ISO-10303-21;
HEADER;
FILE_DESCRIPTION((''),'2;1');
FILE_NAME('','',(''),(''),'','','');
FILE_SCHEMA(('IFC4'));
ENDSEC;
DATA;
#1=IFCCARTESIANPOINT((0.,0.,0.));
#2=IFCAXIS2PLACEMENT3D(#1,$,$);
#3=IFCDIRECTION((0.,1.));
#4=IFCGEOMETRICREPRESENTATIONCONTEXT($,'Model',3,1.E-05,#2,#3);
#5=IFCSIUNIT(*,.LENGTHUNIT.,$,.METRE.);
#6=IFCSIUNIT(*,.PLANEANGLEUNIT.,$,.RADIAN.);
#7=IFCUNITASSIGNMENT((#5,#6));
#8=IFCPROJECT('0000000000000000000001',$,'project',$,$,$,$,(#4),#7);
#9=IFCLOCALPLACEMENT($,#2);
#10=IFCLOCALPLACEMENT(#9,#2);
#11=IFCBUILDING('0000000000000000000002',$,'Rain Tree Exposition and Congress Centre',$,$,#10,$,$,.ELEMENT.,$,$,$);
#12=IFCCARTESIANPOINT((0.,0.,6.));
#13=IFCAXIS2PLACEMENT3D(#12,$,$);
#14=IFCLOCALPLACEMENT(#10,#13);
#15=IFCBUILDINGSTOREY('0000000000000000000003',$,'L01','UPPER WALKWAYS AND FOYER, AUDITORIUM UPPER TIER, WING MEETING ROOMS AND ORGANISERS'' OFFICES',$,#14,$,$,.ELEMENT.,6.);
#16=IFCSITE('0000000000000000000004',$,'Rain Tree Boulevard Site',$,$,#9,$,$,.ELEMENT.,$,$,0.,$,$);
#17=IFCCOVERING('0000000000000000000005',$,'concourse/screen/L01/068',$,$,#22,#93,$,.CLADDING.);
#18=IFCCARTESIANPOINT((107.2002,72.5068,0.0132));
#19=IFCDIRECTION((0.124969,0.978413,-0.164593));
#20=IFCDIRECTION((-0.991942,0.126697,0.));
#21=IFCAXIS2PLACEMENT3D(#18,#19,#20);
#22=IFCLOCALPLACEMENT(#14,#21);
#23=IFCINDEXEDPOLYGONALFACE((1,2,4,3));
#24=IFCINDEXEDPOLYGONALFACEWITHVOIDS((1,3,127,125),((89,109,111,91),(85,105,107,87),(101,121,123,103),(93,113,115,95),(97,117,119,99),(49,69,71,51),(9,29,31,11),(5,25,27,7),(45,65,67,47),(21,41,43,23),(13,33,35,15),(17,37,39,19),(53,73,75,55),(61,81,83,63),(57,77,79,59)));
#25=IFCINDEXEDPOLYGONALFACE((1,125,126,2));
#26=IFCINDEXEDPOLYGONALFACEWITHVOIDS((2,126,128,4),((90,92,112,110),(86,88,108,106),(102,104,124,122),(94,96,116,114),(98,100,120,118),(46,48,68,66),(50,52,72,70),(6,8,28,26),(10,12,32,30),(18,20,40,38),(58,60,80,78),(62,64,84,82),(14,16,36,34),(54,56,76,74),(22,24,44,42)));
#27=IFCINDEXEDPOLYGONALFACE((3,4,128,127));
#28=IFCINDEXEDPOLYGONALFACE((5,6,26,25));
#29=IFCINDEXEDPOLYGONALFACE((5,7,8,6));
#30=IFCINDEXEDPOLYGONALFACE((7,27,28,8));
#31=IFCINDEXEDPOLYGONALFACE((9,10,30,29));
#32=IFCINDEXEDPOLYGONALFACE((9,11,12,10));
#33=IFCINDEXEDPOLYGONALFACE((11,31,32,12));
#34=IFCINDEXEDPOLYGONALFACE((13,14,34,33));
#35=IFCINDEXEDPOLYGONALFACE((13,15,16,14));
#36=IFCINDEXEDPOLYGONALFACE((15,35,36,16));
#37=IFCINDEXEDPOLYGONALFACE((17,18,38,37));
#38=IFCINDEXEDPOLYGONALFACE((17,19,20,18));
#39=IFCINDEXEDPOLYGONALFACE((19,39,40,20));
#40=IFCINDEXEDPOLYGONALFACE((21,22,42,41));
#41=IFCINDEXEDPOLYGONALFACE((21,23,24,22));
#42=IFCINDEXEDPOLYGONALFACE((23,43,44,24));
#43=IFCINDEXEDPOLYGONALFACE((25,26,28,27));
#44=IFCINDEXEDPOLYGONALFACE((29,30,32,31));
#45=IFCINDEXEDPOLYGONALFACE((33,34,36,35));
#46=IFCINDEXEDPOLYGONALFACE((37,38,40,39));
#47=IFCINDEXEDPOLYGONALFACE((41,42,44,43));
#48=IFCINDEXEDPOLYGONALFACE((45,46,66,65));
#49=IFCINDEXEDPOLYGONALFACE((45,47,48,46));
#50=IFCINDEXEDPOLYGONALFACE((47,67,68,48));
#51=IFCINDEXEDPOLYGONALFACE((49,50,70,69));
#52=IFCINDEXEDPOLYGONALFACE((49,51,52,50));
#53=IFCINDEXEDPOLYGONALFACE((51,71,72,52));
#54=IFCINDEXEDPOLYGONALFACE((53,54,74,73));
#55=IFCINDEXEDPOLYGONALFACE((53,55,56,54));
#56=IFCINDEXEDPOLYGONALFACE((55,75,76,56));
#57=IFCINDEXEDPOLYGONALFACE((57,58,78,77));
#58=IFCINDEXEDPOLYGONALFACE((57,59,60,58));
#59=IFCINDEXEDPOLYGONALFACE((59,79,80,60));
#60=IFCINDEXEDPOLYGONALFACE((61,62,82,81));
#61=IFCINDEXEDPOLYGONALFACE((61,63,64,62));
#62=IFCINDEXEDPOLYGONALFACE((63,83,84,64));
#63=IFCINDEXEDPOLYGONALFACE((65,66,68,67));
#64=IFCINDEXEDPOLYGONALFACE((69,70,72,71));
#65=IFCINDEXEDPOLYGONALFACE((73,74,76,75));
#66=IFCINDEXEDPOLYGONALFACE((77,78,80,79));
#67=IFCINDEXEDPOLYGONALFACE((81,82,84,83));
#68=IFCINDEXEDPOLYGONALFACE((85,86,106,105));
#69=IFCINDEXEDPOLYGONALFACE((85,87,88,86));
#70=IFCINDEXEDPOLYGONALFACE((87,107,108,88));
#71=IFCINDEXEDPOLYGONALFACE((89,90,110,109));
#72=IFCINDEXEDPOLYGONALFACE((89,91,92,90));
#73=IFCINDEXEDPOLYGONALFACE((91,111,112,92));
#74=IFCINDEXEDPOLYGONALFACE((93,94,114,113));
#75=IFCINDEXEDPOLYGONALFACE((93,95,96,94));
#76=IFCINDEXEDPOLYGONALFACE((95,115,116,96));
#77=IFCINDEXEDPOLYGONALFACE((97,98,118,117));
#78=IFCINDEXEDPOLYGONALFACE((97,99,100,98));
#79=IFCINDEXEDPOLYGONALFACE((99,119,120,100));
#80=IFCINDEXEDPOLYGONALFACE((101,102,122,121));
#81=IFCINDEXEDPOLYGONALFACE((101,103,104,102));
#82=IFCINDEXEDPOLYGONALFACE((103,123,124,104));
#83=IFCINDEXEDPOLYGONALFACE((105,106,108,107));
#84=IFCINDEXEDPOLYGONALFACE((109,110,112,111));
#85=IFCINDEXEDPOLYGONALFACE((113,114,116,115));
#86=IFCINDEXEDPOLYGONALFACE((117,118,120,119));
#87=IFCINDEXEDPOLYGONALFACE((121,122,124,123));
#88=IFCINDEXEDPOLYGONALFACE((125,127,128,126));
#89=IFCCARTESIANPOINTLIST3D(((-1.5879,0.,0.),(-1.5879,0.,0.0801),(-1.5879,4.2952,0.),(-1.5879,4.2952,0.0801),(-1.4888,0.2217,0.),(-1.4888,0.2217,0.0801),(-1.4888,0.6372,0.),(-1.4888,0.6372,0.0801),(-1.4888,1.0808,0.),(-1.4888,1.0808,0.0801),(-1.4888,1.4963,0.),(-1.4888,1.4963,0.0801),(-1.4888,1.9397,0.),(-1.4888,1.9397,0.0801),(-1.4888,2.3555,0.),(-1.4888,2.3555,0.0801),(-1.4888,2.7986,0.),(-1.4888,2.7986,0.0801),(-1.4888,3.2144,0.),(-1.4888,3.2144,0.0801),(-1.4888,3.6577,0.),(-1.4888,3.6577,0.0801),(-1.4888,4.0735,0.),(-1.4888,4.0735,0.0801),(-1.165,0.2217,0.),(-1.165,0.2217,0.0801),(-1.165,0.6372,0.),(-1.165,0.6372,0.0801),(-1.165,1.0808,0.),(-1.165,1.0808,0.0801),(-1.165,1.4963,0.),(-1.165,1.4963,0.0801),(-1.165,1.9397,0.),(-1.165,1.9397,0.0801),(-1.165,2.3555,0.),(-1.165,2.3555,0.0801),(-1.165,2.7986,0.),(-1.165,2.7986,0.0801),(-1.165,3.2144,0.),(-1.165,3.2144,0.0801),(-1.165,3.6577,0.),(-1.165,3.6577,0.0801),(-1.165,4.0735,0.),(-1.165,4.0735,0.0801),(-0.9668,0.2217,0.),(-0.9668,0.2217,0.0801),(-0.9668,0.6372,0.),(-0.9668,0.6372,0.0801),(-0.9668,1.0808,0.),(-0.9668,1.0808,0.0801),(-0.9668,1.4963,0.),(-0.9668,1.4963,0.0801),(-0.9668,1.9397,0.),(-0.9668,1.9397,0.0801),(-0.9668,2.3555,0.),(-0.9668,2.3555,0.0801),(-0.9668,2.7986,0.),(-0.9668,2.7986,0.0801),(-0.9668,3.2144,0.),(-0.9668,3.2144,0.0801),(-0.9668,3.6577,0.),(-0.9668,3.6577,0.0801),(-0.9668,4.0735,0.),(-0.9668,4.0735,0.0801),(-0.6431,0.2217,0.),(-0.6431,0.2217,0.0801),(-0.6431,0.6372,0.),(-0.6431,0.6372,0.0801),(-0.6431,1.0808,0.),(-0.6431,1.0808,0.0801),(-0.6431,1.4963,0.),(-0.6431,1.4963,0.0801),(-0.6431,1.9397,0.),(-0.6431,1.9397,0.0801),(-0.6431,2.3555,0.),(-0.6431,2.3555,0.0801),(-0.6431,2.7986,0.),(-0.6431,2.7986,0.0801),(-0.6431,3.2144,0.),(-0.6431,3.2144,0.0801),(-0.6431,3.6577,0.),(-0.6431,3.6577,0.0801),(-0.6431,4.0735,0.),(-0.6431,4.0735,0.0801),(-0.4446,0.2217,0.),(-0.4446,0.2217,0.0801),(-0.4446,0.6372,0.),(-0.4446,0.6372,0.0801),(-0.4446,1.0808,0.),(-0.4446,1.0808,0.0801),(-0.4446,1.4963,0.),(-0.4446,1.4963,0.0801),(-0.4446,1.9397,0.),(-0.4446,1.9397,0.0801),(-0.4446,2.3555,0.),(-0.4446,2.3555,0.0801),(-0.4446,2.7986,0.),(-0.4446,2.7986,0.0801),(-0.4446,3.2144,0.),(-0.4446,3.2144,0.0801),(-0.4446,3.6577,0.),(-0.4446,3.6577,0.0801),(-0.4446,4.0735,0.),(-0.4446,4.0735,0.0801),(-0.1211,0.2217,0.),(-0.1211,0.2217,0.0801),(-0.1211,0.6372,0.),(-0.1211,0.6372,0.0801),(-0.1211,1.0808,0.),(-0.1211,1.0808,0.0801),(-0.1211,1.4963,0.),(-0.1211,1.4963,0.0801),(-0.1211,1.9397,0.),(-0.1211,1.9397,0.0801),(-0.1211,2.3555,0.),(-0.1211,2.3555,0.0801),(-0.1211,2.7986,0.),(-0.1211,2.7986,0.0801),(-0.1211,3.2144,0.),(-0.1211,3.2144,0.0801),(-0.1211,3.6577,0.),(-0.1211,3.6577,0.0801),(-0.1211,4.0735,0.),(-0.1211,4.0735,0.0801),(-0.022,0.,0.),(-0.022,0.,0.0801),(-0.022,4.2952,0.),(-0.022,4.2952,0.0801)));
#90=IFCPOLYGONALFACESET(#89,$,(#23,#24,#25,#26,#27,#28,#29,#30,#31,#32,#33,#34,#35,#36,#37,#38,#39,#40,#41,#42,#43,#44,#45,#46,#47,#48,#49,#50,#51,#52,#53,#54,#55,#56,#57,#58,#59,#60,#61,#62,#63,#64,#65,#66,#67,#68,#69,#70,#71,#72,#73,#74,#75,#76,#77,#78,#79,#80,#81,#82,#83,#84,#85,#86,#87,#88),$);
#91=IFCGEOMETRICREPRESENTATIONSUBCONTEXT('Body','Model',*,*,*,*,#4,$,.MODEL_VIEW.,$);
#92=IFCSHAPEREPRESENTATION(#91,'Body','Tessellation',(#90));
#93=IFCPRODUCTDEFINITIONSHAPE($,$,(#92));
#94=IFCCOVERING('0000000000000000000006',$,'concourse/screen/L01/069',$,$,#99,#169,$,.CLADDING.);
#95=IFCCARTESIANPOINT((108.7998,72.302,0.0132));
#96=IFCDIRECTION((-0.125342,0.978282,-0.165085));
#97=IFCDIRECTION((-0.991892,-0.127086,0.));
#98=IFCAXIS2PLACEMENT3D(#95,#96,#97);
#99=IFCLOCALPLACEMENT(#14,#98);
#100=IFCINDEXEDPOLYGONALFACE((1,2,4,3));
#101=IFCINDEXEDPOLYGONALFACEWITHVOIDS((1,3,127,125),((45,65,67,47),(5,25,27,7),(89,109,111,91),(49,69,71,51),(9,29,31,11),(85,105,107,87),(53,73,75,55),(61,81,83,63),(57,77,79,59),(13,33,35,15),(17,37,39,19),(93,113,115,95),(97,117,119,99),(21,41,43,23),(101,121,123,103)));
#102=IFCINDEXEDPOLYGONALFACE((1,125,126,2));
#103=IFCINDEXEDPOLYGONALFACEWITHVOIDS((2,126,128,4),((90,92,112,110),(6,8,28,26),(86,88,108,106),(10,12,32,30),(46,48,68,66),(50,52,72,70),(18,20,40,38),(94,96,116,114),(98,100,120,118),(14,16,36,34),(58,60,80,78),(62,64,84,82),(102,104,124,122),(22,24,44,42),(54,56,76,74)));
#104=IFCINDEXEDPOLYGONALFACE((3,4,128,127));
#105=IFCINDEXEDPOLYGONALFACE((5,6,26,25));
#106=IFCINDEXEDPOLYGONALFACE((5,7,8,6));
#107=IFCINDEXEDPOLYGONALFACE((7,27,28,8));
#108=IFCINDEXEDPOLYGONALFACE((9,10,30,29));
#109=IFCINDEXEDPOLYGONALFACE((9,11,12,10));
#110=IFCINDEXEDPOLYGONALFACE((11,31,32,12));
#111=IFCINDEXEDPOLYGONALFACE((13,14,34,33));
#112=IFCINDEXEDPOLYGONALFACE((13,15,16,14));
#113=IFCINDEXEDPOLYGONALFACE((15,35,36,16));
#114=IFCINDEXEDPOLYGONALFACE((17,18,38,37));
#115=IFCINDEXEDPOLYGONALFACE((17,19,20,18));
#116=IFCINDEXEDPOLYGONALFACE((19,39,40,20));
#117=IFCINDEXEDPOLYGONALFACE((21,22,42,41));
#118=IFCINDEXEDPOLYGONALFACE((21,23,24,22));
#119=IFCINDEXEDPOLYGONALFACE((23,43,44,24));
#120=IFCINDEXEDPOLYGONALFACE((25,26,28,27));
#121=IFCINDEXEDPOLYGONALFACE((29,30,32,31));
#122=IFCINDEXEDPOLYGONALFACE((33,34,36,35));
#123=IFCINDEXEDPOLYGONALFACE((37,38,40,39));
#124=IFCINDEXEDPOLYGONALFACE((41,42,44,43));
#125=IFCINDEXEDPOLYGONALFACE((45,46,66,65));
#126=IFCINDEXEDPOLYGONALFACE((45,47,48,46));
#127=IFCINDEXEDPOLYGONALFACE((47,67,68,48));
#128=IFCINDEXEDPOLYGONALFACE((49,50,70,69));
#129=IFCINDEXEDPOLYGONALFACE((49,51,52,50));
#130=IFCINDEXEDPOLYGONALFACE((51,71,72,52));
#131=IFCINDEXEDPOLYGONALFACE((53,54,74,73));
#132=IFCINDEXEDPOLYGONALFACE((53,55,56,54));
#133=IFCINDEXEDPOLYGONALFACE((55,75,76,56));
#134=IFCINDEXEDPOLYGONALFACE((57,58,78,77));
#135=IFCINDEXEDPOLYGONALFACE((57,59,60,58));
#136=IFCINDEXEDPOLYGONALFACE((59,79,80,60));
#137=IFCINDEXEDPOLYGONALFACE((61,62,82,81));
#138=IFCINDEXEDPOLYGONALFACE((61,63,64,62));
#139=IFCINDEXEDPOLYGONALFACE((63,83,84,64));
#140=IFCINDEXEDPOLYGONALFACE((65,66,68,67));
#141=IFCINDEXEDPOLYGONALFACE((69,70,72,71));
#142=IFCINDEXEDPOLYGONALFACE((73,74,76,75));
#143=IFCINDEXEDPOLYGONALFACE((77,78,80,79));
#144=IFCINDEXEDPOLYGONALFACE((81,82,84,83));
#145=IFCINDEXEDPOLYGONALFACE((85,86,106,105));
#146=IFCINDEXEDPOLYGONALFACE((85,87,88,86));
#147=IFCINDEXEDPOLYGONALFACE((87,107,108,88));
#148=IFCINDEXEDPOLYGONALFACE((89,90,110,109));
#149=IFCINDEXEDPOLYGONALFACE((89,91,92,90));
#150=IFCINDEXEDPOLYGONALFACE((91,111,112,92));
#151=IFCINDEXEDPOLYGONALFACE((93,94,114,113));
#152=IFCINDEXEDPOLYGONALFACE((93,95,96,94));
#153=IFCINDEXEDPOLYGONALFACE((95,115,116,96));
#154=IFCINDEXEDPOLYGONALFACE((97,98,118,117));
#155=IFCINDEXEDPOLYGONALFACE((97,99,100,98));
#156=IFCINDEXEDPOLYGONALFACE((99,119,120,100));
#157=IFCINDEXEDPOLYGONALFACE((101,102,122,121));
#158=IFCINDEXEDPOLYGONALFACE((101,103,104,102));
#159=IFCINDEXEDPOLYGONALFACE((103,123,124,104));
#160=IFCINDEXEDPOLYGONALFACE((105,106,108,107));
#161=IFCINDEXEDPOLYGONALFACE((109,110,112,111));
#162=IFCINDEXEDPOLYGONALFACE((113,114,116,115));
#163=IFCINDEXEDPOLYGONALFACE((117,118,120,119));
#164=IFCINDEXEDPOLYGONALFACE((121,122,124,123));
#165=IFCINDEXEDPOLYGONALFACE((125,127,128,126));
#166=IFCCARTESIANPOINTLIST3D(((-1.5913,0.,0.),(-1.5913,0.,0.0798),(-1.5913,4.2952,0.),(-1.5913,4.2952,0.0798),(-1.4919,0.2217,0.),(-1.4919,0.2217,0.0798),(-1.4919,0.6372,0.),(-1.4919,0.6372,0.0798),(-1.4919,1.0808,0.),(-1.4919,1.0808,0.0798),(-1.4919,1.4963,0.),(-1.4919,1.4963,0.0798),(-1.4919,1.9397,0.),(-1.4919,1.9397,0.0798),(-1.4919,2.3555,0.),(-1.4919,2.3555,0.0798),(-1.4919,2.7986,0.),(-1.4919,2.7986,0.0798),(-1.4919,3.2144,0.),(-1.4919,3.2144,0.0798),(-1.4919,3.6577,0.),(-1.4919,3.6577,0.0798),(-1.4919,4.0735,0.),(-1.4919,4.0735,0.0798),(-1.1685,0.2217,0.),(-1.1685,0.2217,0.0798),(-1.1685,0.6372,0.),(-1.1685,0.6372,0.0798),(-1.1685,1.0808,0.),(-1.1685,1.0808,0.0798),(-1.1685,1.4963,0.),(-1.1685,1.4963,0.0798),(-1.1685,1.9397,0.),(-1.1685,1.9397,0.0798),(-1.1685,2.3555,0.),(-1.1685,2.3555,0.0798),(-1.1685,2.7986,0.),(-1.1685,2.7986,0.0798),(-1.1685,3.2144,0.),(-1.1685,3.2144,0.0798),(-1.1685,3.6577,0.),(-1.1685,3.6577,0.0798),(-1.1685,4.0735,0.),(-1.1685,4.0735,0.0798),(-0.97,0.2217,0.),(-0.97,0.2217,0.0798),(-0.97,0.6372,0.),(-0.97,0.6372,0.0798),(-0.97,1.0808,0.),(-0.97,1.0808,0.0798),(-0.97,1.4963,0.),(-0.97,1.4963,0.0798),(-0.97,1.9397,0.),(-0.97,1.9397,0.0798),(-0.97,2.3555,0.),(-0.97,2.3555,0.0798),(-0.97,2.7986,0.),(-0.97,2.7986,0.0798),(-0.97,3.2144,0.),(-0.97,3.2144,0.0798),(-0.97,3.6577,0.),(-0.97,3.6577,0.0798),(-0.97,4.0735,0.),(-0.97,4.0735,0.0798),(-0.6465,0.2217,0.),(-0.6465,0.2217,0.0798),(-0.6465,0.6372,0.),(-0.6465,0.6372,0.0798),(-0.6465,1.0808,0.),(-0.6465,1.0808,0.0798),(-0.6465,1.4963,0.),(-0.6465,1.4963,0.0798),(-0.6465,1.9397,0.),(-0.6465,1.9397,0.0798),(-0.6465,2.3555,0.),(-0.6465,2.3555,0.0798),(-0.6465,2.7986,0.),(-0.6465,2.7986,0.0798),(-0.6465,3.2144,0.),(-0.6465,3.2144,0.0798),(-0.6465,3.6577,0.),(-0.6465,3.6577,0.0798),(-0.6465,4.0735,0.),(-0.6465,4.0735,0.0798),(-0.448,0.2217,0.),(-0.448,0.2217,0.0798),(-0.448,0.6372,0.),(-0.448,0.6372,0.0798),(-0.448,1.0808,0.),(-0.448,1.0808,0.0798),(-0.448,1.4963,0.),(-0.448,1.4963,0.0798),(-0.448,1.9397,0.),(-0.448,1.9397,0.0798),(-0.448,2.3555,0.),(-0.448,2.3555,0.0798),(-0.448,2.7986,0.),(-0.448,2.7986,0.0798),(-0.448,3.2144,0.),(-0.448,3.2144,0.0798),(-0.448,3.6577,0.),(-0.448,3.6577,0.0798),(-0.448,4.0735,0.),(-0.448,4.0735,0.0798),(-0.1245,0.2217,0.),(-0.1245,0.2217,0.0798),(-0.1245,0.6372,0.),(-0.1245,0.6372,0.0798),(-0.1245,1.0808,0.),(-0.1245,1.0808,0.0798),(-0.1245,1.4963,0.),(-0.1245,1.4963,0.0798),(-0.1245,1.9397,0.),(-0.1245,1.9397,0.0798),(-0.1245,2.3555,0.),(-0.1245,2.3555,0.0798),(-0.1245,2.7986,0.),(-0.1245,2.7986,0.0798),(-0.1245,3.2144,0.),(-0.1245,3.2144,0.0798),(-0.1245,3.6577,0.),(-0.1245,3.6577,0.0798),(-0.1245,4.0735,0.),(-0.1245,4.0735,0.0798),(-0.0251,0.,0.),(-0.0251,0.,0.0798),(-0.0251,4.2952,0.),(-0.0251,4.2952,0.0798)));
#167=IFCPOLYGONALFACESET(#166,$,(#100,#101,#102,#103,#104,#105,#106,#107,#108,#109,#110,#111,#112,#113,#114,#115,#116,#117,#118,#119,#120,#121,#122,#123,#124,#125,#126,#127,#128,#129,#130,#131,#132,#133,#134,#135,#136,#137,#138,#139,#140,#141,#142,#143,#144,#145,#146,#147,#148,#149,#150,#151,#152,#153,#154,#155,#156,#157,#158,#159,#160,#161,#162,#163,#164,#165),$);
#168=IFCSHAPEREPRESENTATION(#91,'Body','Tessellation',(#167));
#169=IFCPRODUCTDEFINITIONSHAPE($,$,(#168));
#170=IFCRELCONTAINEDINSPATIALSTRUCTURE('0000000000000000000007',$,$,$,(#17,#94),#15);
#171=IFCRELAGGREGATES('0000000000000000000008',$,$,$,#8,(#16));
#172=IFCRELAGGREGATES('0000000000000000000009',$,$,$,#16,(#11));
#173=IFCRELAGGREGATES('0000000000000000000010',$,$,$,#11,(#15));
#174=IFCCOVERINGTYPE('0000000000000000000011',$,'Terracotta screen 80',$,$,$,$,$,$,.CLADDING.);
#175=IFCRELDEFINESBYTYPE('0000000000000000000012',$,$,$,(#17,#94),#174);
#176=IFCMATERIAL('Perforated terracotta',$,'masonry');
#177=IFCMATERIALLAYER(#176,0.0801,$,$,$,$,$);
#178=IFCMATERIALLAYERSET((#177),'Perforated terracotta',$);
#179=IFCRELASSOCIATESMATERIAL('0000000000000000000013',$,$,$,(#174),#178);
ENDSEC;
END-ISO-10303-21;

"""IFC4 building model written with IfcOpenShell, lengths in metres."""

from ifc_helpers import new_model, si_unit, direction, frame, origin, place, context, subcontext, project, spatial, polyline, outline, extrude, material, layer, layer_set, type_object, element, save


model = new_model("IFC4")

# Units and contexts
model_context = context("Model", 3, precision=1e-05, world=origin(), true_north=direction((0.0, 1.0)))
body_context = subcontext(model_context, "Body", "Model", "MODEL_VIEW")
ifc_project = project(units=[si_unit("LENGTHUNIT", "METRE"), si_unit("PLANEANGLEUNIT", "RADIAN")], contexts=[model_context])

# Site, building, storey
site_placement = place(None, origin())
site = spatial("IfcSite", under=ifc_project, at=site_placement, Name="Rain Tree Boulevard Site", CompositionType="ELEMENT", RefElevation=0.0)
building_placement = place(site_placement, origin())
building = spatial("IfcBuilding", under=site, at=building_placement, Name="Rain Tree Exposition and Congress Centre", CompositionType="ELEMENT")
storey_placement = place(building_placement, frame((0.0, 0.0, 6.0)))
storey = spatial("IfcBuildingStorey", under=building, at=storey_placement, Name="L01", Description="UPPER WALKWAYS AND FOYER, AUDITORIUM UPPER TIER, WING MEETING ROOMS AND ORGANISERS' OFFICES", CompositionType="ELEMENT", Elevation=6.0)

# Coverings
ifc_material_1 = material(Name="Perforated terracotta", Category="masonry")
ifc_layer = layer(ifc_material_1, 0.0801)
ifc_layer_set = layer_set([ifc_layer], Name="Perforated terracotta")
covering_type = type_object("IfcCoveringType", Name="Terracotta screen 80", PredefinedType="CLADDING", material=ifc_layer_set)
covering_1_placement = place(storey_placement, frame((107.2002, 72.5068, 0.0132), z_axis=(0.124969, 0.978413, -0.164593), x_axis=(-0.991942, 0.126697, 0.0)))
element("IfcCovering", 1, at=covering_1_placement, inside=storey, type_object=covering_type, Name="concourse/screen/L01/068", PredefinedType="CLADDING", context=body_context, shape_type="SweptSolid", body=[
    extrude(outline(polyline([(-1.5879, 0.0), (-1.5879, 4.2952), (-0.022, 4.2952), (-0.022, 0.0), (-1.5879, 0.0)]), holes=[polyline([(-0.1211, 0.2217), (-0.1211, 0.6372), (-0.4446, 0.6372), (-0.4446, 0.2217), (-0.1211, 0.2217)]), polyline([(-0.1211, 1.0808), (-0.1211, 1.4963), (-0.4446, 1.4963), (-0.4446, 1.0808), (-0.1211, 1.0808)]), polyline([(-0.1211, 1.9397), (-0.1211, 2.3555), (-0.4446, 2.3555), (-0.4446, 1.9397), (-0.1211, 1.9397)]), polyline([(-0.1211, 2.7986), (-0.1211, 3.2144), (-0.4446, 3.2144), (-0.4446, 2.7986), (-0.1211, 2.7986)]), polyline([(-0.1211, 3.6577), (-0.1211, 4.0735), (-0.4446, 4.0735), (-0.4446, 3.6577), (-0.1211, 3.6577)]), polyline([(-0.6431, 0.2217), (-0.6431, 0.6372), (-0.9668, 0.6372), (-0.9668, 0.2217), (-0.6431, 0.2217)]), polyline([(-0.6431, 1.0808), (-0.6431, 1.4963), (-0.9668, 1.4963), (-0.9668, 1.0808), (-0.6431, 1.0808)]), polyline([(-0.6431, 1.9397), (-0.6431, 2.3555), (-0.9668, 2.3555), (-0.9668, 1.9397), (-0.6431, 1.9397)]), polyline([(-0.6431, 2.7986), (-0.6431, 3.2144), (-0.9668, 3.2144), (-0.9668, 2.7986), (-0.6431, 2.7986)]), polyline([(-0.6431, 3.6577), (-0.6431, 4.0735), (-0.9668, 4.0735), (-0.9668, 3.6577), (-0.6431, 3.6577)]), polyline([(-1.165, 0.2217), (-1.165, 0.6372), (-1.4888, 0.6372), (-1.4888, 0.2217), (-1.165, 0.2217)]), polyline([(-1.165, 1.0808), (-1.165, 1.4963), (-1.4888, 1.4963), (-1.4888, 1.0808), (-1.165, 1.0808)]), polyline([(-1.165, 1.9397), (-1.165, 2.3555), (-1.4888, 2.3555), (-1.4888, 1.9397), (-1.165, 1.9397)]), polyline([(-1.165, 2.7986), (-1.165, 3.2144), (-1.4888, 3.2144), (-1.4888, 2.7986), (-1.165, 2.7986)]), polyline([(-1.165, 3.6577), (-1.165, 4.0735), (-1.4888, 4.0735), (-1.4888, 3.6577), (-1.165, 3.6577)])]), origin(), (0.0, 0.0, 1.0), 0.0801),
])
covering_2_placement = place(storey_placement, frame((108.7998, 72.302, 0.0132), z_axis=(-0.125342, 0.978282, -0.165085), x_axis=(-0.991892, -0.127086, 0.0)))
element("IfcCovering", 2, at=covering_2_placement, inside=storey, type_object=covering_type, Name="concourse/screen/L01/069", PredefinedType="CLADDING", context=body_context, shape_type="SweptSolid", body=[
    extrude(outline(polyline([(-1.5913, 0.0), (-1.5913, 4.2952), (-0.0251, 4.2952), (-0.0251, 0.0), (-1.5913, 0.0)]), holes=[polyline([(-0.1245, 0.2217), (-0.1245, 0.6372), (-0.448, 0.6372), (-0.448, 0.2217), (-0.1245, 0.2217)]), polyline([(-0.1245, 1.0808), (-0.1245, 1.4963), (-0.448, 1.4963), (-0.448, 1.0808), (-0.1245, 1.0808)]), polyline([(-0.1245, 1.9397), (-0.1245, 2.3555), (-0.448, 2.3555), (-0.448, 1.9397), (-0.1245, 1.9397)]), polyline([(-0.1245, 2.7986), (-0.1245, 3.2144), (-0.448, 3.2144), (-0.448, 2.7986), (-0.1245, 2.7986)]), polyline([(-0.1245, 3.6577), (-0.1245, 4.0735), (-0.448, 4.0735), (-0.448, 3.6577), (-0.1245, 3.6577)]), polyline([(-0.6465, 0.2217), (-0.6465, 0.6372), (-0.97, 0.6372), (-0.97, 0.2217), (-0.6465, 0.2217)]), polyline([(-0.6465, 1.0808), (-0.6465, 1.4963), (-0.97, 1.4963), (-0.97, 1.0808), (-0.6465, 1.0808)]), polyline([(-0.6465, 1.9397), (-0.6465, 2.3555), (-0.97, 2.3555), (-0.97, 1.9397), (-0.6465, 1.9397)]), polyline([(-0.6465, 2.7986), (-0.6465, 3.2144), (-0.97, 3.2144), (-0.97, 2.7986), (-0.6465, 2.7986)]), polyline([(-0.6465, 3.6577), (-0.6465, 4.0735), (-0.97, 4.0735), (-0.97, 3.6577), (-0.6465, 3.6577)]), polyline([(-1.1685, 0.2217), (-1.1685, 0.6372), (-1.4919, 0.6372), (-1.4919, 0.2217), (-1.1685, 0.2217)]), polyline([(-1.1685, 1.0808), (-1.1685, 1.4963), (-1.4919, 1.4963), (-1.4919, 1.0808), (-1.1685, 1.0808)]), polyline([(-1.1685, 1.9397), (-1.1685, 2.3555), (-1.4919, 2.3555), (-1.4919, 1.9397), (-1.1685, 1.9397)]), polyline([(-1.1685, 2.7986), (-1.1685, 3.2144), (-1.4919, 3.2144), (-1.4919, 2.7986), (-1.1685, 2.7986)]), polyline([(-1.1685, 3.6577), (-1.1685, 4.0735), (-1.4919, 4.0735), (-1.4919, 3.6577), (-1.1685, 3.6577)])]), origin(), (0.0, 0.0, 1.0), 0.0798),
])

save(model, "model.ifc")
